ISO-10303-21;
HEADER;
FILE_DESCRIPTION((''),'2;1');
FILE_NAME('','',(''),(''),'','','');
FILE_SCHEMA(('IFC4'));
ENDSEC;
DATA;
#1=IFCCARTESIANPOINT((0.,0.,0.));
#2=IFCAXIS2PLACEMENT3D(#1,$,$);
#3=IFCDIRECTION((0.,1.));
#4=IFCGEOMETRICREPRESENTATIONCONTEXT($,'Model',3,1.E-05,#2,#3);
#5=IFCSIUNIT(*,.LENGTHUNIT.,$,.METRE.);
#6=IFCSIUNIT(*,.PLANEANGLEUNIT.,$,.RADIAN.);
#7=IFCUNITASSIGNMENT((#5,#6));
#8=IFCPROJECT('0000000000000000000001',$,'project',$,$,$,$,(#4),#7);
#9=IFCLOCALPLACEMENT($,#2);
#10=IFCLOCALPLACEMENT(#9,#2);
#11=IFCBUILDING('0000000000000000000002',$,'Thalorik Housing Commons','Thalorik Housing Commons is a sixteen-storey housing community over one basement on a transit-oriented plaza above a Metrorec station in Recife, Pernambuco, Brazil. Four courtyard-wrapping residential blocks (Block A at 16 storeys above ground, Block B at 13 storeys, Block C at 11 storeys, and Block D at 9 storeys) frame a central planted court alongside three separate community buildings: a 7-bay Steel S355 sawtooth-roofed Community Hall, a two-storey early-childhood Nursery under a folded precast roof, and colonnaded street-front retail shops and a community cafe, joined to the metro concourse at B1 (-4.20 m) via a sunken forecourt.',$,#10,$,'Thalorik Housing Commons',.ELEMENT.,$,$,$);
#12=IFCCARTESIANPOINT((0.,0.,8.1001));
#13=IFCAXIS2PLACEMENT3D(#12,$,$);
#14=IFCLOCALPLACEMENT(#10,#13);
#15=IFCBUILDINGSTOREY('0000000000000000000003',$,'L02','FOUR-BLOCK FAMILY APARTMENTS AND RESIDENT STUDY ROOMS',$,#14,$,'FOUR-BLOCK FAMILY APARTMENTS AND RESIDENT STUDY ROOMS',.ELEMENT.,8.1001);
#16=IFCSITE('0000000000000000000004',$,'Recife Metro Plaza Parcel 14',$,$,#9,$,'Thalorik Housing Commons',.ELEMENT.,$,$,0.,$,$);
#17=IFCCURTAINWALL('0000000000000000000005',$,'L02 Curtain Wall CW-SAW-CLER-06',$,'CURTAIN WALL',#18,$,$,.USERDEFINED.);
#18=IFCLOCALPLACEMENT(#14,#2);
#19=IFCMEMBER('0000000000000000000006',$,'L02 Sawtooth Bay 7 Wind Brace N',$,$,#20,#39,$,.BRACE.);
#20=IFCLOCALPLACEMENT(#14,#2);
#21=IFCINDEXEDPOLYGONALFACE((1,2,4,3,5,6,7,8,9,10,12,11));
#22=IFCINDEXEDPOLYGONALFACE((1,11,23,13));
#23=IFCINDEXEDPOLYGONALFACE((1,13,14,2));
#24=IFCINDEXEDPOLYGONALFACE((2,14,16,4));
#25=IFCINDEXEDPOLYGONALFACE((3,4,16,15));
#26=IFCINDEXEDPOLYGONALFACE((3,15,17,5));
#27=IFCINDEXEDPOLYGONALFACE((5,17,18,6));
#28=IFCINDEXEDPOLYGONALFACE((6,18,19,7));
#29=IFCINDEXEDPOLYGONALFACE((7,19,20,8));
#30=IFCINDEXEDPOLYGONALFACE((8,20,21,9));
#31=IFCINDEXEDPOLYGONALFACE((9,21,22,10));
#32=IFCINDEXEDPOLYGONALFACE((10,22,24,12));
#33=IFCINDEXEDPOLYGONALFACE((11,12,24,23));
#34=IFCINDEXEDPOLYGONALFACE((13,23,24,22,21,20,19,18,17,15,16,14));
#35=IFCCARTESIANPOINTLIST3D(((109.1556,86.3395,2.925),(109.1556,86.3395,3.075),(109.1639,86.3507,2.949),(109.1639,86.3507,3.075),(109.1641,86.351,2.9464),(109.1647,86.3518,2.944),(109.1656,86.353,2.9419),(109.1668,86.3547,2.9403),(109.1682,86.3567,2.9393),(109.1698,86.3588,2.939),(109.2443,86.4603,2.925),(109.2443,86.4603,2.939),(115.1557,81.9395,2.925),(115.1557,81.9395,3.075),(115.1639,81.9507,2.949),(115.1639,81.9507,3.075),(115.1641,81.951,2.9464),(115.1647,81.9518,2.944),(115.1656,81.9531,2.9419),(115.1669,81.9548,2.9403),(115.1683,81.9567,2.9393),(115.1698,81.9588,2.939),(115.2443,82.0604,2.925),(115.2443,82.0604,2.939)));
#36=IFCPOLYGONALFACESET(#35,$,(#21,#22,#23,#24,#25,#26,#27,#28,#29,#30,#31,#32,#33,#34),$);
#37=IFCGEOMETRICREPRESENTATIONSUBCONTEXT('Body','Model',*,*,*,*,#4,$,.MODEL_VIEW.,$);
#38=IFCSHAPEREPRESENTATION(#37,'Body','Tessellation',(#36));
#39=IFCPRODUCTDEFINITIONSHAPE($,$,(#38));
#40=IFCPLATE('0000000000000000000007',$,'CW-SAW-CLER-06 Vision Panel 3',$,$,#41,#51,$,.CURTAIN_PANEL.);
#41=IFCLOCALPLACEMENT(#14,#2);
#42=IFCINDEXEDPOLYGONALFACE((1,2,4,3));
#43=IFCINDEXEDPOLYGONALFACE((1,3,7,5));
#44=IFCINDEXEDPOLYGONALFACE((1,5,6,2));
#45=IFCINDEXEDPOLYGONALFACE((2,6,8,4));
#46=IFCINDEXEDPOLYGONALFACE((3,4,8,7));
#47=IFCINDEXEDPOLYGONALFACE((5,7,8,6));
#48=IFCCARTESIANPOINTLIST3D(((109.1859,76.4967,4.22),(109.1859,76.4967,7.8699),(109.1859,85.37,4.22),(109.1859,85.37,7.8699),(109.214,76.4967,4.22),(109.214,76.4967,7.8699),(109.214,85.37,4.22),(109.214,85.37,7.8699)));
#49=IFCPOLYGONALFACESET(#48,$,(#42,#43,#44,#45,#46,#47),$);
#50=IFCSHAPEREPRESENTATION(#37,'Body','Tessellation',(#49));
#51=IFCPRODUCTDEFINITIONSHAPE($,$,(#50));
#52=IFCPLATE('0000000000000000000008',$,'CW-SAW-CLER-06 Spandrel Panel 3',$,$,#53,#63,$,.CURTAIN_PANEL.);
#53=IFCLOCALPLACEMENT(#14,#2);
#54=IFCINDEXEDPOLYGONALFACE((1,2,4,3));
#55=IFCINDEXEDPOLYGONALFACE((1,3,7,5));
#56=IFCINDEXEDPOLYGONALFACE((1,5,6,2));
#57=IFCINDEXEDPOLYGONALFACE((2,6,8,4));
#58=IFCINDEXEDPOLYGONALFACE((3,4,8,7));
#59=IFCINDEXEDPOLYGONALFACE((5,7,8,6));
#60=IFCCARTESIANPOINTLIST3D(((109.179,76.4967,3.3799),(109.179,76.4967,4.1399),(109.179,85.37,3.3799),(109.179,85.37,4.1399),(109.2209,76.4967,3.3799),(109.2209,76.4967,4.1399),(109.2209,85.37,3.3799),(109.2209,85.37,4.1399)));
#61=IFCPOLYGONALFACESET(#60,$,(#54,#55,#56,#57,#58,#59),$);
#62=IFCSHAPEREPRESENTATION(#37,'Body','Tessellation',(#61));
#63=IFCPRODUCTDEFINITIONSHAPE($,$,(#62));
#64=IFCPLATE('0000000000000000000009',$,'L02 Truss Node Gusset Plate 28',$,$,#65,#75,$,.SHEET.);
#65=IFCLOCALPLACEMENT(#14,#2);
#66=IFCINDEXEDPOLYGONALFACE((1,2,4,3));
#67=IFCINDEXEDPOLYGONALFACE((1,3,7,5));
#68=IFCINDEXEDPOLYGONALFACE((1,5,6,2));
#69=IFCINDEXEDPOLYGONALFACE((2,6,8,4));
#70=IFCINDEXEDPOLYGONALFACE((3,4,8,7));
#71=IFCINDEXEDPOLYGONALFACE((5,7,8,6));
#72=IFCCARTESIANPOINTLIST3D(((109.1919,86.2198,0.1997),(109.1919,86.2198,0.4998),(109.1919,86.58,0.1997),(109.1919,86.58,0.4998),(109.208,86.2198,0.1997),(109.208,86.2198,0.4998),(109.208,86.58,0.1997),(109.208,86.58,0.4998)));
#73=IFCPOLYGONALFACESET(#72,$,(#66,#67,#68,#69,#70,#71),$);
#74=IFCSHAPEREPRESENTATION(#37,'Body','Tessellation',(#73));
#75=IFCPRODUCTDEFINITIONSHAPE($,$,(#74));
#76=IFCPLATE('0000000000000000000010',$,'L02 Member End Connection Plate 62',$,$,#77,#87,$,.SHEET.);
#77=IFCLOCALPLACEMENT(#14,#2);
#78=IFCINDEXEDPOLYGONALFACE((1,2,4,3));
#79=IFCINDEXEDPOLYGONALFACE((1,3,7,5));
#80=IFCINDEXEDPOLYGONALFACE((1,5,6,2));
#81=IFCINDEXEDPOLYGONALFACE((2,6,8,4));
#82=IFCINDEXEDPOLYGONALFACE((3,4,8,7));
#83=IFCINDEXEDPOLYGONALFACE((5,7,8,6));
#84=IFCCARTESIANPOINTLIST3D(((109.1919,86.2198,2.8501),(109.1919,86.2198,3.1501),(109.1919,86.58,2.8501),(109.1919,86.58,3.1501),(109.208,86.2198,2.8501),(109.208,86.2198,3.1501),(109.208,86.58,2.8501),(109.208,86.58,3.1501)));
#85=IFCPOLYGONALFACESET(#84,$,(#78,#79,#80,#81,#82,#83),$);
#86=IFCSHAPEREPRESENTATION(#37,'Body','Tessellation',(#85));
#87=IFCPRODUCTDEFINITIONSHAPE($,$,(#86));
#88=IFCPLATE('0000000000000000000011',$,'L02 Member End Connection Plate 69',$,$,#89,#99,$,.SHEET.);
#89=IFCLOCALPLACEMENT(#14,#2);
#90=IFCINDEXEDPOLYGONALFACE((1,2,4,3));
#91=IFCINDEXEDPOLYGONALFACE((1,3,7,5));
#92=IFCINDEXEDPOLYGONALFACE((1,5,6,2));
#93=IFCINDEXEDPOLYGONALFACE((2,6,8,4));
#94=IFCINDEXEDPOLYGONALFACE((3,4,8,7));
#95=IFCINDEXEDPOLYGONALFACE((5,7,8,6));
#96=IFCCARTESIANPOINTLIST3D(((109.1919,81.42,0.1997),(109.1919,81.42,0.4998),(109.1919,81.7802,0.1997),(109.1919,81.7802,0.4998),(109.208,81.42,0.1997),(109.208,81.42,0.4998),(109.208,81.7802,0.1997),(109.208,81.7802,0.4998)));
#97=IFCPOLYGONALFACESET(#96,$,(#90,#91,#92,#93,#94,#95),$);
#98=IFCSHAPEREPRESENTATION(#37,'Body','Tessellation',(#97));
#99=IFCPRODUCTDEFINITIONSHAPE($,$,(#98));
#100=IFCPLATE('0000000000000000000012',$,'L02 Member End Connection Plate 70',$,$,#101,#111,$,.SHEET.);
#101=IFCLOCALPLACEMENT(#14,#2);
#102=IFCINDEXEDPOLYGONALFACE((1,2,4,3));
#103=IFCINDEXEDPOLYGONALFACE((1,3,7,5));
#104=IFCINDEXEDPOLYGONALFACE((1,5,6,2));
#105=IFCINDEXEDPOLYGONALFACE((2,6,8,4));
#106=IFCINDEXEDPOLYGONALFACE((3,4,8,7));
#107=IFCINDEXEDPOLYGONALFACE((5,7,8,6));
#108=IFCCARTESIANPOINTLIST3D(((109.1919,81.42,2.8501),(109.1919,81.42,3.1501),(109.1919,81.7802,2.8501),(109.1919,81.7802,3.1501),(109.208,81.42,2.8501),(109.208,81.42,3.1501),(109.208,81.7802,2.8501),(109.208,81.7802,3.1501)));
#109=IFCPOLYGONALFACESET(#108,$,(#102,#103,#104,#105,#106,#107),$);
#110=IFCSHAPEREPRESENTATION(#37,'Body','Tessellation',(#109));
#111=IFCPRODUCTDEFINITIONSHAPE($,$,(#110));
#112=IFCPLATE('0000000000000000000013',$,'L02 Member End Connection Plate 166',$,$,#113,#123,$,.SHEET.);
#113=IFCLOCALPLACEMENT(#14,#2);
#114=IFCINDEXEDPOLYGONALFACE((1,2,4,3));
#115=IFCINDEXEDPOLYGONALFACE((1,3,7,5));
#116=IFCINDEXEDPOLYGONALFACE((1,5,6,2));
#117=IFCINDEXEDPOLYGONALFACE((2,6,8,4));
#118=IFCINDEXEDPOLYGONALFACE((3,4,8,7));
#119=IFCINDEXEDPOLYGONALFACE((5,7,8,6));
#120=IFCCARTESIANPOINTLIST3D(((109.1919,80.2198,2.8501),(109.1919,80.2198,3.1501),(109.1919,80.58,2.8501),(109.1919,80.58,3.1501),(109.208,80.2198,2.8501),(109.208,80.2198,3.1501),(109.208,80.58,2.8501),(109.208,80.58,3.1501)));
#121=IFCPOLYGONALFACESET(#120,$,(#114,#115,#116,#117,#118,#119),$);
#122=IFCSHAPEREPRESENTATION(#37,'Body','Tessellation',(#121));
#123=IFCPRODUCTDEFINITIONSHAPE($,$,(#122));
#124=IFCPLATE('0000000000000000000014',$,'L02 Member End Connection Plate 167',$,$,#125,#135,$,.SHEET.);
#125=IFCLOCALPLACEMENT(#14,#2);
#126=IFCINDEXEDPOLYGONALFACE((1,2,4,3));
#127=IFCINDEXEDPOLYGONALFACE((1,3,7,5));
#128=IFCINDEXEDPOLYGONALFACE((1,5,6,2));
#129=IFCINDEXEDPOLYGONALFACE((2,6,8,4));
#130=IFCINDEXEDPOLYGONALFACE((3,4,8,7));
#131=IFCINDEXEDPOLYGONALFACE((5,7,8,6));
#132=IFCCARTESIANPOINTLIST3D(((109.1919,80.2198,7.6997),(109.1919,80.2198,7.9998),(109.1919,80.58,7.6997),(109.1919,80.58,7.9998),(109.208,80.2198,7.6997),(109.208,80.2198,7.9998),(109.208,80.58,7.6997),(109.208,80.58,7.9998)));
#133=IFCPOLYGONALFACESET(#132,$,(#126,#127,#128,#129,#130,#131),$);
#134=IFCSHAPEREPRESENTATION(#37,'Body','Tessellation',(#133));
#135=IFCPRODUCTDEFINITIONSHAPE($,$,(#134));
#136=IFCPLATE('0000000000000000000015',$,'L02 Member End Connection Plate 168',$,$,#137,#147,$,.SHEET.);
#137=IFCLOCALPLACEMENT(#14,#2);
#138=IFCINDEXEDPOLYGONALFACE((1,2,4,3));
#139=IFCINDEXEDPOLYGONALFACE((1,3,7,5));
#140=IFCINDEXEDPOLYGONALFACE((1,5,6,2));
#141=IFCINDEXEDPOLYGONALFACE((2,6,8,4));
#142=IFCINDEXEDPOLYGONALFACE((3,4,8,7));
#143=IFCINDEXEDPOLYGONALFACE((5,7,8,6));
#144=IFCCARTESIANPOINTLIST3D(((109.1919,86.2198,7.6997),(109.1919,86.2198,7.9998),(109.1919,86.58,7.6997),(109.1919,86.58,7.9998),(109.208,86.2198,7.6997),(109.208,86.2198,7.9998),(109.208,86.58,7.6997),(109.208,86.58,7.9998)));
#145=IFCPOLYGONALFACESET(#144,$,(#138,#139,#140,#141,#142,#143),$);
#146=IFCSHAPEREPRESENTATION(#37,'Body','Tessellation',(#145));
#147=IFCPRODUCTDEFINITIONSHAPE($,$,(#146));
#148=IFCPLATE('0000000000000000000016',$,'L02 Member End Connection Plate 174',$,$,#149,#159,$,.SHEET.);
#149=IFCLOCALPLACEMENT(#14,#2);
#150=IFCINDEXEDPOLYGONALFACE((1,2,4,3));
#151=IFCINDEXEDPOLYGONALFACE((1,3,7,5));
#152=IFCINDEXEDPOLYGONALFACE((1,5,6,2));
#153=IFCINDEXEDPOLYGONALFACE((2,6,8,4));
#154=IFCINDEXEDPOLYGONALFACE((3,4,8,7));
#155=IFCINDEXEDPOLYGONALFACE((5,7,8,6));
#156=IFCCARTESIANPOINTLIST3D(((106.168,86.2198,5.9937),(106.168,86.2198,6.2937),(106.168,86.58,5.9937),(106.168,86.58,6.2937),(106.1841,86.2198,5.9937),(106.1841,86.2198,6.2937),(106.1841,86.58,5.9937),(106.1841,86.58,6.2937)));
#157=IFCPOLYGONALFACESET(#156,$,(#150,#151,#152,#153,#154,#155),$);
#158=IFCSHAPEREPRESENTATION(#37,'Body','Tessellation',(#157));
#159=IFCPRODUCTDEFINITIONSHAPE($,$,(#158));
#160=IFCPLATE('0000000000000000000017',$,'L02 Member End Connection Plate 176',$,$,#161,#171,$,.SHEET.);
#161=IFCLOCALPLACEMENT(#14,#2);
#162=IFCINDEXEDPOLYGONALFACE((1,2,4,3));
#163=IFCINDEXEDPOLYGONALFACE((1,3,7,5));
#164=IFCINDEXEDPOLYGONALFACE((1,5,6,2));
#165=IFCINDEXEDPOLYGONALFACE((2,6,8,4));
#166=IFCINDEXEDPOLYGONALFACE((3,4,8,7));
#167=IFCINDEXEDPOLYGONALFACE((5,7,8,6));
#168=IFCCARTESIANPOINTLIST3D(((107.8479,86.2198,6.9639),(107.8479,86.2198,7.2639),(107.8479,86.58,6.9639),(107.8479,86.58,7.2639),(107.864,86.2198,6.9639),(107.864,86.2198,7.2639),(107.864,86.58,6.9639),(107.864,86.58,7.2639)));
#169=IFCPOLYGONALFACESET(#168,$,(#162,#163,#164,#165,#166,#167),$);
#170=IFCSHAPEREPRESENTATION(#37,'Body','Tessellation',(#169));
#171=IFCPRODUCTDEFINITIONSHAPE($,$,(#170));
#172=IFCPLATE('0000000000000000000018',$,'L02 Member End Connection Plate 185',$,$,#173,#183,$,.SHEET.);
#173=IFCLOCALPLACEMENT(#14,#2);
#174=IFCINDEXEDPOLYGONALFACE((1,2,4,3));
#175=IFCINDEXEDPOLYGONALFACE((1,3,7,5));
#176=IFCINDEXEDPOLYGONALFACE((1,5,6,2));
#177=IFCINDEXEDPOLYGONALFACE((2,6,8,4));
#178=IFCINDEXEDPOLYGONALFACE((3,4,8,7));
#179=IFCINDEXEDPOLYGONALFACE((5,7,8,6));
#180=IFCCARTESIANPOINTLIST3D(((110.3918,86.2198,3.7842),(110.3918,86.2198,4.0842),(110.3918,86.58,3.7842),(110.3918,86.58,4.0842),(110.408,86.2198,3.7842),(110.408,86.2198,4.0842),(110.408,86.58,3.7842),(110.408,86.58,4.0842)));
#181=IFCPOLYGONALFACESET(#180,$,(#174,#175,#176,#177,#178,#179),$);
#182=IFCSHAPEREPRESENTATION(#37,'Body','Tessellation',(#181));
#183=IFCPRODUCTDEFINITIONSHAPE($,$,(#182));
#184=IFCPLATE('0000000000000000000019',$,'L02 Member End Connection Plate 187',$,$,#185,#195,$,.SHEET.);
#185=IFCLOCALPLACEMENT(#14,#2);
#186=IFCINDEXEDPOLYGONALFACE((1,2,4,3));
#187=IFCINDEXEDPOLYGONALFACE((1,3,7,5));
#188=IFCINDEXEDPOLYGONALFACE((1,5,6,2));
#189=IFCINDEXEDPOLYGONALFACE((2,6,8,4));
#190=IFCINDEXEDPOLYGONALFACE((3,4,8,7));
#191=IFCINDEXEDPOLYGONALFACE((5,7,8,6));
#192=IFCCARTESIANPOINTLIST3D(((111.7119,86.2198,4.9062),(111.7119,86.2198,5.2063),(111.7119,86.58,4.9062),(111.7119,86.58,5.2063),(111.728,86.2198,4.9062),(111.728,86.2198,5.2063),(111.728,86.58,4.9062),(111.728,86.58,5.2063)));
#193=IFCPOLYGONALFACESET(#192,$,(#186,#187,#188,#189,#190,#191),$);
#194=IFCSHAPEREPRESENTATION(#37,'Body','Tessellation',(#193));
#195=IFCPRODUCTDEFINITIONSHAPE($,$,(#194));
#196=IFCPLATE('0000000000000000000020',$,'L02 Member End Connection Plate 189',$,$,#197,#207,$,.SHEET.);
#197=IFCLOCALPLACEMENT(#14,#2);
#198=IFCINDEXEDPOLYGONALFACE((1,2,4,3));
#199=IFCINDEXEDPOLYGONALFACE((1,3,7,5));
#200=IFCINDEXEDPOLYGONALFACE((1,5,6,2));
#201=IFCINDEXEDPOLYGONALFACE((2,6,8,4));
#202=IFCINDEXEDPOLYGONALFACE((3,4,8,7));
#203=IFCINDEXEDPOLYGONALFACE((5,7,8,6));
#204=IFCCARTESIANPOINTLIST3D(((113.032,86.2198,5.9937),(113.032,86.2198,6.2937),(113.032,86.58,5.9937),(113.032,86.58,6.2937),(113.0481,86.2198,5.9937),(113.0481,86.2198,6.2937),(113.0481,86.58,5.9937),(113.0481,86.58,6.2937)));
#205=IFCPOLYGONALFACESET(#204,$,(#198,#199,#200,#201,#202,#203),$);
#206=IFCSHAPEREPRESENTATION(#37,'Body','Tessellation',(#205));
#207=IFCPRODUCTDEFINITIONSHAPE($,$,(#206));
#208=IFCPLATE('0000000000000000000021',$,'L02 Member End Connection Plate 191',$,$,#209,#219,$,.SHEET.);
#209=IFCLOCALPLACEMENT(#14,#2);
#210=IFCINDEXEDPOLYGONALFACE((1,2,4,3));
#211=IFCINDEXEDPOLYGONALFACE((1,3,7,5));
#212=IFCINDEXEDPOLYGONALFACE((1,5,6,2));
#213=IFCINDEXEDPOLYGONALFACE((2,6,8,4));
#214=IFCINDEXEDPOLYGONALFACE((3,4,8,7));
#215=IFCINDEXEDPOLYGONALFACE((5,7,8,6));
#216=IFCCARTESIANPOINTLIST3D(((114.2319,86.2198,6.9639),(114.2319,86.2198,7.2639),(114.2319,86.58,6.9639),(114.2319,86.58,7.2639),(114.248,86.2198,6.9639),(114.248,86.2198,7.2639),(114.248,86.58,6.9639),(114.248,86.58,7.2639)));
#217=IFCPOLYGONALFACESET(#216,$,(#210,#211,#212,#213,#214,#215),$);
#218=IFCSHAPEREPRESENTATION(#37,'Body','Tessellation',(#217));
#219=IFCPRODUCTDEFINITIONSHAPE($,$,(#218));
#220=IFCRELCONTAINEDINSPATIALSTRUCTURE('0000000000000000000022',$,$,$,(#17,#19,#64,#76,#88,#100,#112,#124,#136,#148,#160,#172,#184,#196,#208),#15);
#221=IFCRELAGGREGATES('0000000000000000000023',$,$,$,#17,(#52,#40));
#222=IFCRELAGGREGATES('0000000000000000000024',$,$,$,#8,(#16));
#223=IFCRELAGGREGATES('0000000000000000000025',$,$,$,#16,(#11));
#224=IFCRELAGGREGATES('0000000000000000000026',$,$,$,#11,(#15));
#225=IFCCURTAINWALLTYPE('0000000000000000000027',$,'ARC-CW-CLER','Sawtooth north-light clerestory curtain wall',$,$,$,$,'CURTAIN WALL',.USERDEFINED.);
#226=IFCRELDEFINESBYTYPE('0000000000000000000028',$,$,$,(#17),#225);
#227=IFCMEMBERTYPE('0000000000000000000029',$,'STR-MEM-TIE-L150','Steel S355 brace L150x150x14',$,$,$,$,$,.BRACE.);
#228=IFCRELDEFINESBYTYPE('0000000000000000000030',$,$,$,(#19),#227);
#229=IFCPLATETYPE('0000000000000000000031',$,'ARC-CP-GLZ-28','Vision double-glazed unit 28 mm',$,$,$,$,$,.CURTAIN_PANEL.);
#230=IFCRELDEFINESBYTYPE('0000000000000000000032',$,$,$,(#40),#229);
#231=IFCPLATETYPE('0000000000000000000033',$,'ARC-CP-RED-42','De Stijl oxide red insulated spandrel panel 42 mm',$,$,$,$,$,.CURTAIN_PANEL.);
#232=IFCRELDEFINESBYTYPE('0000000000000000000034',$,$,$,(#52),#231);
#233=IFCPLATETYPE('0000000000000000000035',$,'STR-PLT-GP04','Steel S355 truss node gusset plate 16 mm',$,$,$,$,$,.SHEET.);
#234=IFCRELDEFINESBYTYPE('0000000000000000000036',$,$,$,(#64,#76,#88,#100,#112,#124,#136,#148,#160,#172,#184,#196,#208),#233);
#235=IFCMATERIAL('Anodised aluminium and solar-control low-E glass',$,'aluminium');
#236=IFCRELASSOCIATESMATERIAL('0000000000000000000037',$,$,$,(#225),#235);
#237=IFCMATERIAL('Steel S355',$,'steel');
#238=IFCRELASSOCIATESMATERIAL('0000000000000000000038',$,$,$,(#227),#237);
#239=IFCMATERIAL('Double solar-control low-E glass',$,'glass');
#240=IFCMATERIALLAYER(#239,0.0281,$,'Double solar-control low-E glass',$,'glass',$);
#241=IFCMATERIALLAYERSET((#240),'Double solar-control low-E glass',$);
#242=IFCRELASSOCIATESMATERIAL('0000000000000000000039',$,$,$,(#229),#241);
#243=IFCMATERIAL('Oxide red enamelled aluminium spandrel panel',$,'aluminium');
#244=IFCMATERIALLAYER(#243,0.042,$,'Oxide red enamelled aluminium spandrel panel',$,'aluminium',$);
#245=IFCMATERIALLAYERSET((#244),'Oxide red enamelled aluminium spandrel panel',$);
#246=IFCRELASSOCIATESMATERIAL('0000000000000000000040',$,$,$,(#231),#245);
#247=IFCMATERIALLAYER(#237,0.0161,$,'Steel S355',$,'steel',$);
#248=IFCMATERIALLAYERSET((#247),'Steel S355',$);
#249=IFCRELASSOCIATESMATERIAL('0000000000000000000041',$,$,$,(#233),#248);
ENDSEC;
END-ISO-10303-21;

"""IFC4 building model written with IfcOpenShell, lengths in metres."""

from ifc_helpers import new_model, si_unit, direction, frame, origin, origin_2d, place, context, subcontext, project, spatial, rectangle, l_section, extrude, material, layer, layer_set, material_profile, profile_set, type_object, element, aggregate, save


model = new_model("IFC4")

# Units and contexts
model_context = context("Model", 3, precision=1e-05, world=origin(), true_north=direction((0.0, 1.0)))
body_context = subcontext(model_context, "Body", "Model", "MODEL_VIEW")
ifc_project = project(units=[si_unit("LENGTHUNIT", "METRE"), si_unit("PLANEANGLEUNIT", "RADIAN")], contexts=[model_context])

# Site, building, storey
site_placement = place(None, origin())
site = spatial("IfcSite", under=ifc_project, at=site_placement, Name="Recife Metro Plaza Parcel 14", LongName="Thalorik Housing Commons", CompositionType="ELEMENT", RefElevation=0.0)
building_placement = place(site_placement, origin())
building = spatial("IfcBuilding", under=site, at=building_placement, Name="Thalorik Housing Commons", Description="Thalorik Housing Commons is a sixteen-storey housing community over one basement on a transit-oriented plaza above a Metrorec station in Recife, Pernambuco, Brazil. Four courtyard-wrapping residential blocks (Block A at 16 storeys above ground, Block B at 13 storeys, Block C at 11 storeys, and Block D at 9 storeys) frame a central planted court alongside three separate community buildings: a 7-bay Steel S355 sawtooth-roofed Community Hall, a two-storey early-childhood Nursery under a folded precast roof, and colonnaded street-front retail shops and a community cafe, joined to the metro concourse at B1 (-4.20 m) via a sunken forecourt.", LongName="Thalorik Housing Commons", CompositionType="ELEMENT")
storey_placement = place(building_placement, frame((0.0, 0.0, 8.1001)))
storey = spatial("IfcBuildingStorey", under=building, at=storey_placement, Name="L02", Description="FOUR-BLOCK FAMILY APARTMENTS AND RESIDENT STUDY ROOMS", LongName="FOUR-BLOCK FAMILY APARTMENTS AND RESIDENT STUDY ROOMS", CompositionType="ELEMENT", Elevation=8.1001)

# Shared definitions
ifc_material_1 = material(Name="Steel S355", Category="steel")

# Curtain wall
ifc_material_2 = material(Name="Anodised aluminium and solar-control low-E glass", Category="aluminium")
curtain_wall_type = type_object("IfcCurtainWallType", Name="ARC-CW-CLER", Description="Sawtooth north-light clerestory curtain wall", ElementType="CURTAIN WALL", PredefinedType="USERDEFINED", material=ifc_material_2)
curtain_wall_placement = place(storey_placement, origin())
curtain_wall = element("IfcCurtainWall", 1, at=curtain_wall_placement, inside=storey, type_object=curtain_wall_type, Name="L02 Curtain Wall CW-SAW-CLER-06", ObjectType="CURTAIN WALL", PredefinedType="USERDEFINED")

# Member
ifc_material_profile_1 = material_profile(ifc_material_1, l_section(Depth=0.1499, Width=0.1499, Thickness=0.0139, FilletRadius=0.01, at=origin_2d()), Name="L150x150x14", Category="steel")
ifc_profile_set_1 = profile_set([ifc_material_profile_1], Name="Steel S355")
member_type_1 = type_object("IfcMemberType", Name="STR-MEM-TIE-L150", Description="Steel S355 brace L150x150x14", PredefinedType="BRACE", material=ifc_profile_set_1)
member_1_placement = place(storey_placement, frame((109.2, 86.3999, 3.0), z_axis=(0.806411, -0.591355, 0.0), x_axis=(0.591355, 0.806411, 0.0)))
element("IfcMember", 2, at=member_1_placement, inside=storey, type_object=member_type_1, Name="L02 Sawtooth Bay 7 Wind Brace N", PredefinedType="BRACE", context=body_context, shape_type="SweptSolid", body=[
    extrude(l_section(Depth=0.1499, Width=0.1499, Thickness=0.0139, FilletRadius=0.01, at=origin_2d()), origin(), (0.0, 0.0, 1.0), 7.4404),
])

# Plates
ifc_material_3 = material(Name="Double solar-control low-E glass", Category="glass")
ifc_layer_1 = layer(ifc_material_3, 0.0281, Name="Double solar-control low-E glass", Category="glass")
ifc_layer_set_1 = layer_set([ifc_layer_1], Name="Double solar-control low-E glass")
plate_type_1 = type_object("IfcPlateType", Name="ARC-CP-GLZ-28", Description="Vision double-glazed unit 28 mm", PredefinedType="CURTAIN_PANEL", material=ifc_layer_set_1)
plate_1_placement = place(storey_placement, frame((109.2, 80.9333, 4.22), z_axis=(0.0, 0.0, 1.0), x_axis=(0.0, 1.0, 0.0)))
plate_1 = element("IfcPlate", 3, at=plate_1_placement, type_object=plate_type_1, Name="CW-SAW-CLER-06 Vision Panel 3", PredefinedType="CURTAIN_PANEL", context=body_context, shape_type="SweptSolid", body=[
    extrude(rectangle(XDim=8.8733, YDim=0.0281, at=origin_2d()), origin(), (0.0, 0.0, 1.0), 3.6499),
])
ifc_material_4 = material(Name="Oxide red enamelled aluminium spandrel panel", Category="aluminium")
ifc_layer_2 = layer(ifc_material_4, 0.042, Name="Oxide red enamelled aluminium spandrel panel", Category="aluminium")
ifc_layer_set_2 = layer_set([ifc_layer_2], Name="Oxide red enamelled aluminium spandrel panel")
plate_type_2 = type_object("IfcPlateType", Name="ARC-CP-RED-42", Description="De Stijl oxide red insulated spandrel panel 42 mm", PredefinedType="CURTAIN_PANEL", material=ifc_layer_set_2)
plate_2_placement = place(storey_placement, frame((109.2, 80.9333, 3.3799), z_axis=(0.0, 0.0, 1.0), x_axis=(0.0, 1.0, 0.0)))
plate_2 = element("IfcPlate", 4, at=plate_2_placement, type_object=plate_type_2, Name="CW-SAW-CLER-06 Spandrel Panel 3", PredefinedType="CURTAIN_PANEL", context=body_context, shape_type="SweptSolid", body=[
    extrude(rectangle(XDim=8.8733, YDim=0.042, at=origin_2d()), origin(), (0.0, 0.0, 1.0), 0.76),
])
aggregate(curtain_wall, [plate_2, plate_1])

# Plates
ifc_layer_3 = layer(ifc_material_1, 0.0161, Name="Steel S355", Category="steel")
ifc_layer_set_3 = layer_set([ifc_layer_3], Name="Steel S355")
plate_type_3 = type_object("IfcPlateType", Name="STR-PLT-GP04", Description="Steel S355 truss node gusset plate 16 mm", PredefinedType="SHEET", material=ifc_layer_set_3)
for number, where, z_axis, x_axis, name in (
    (5, (109.2, 86.3999, 0.1997), (0.0, 0.0, 1.0), (1.0, 0.0, 0.0), "L02 Truss Node Gusset Plate 28"),
    (6, (109.2, 86.3999, 2.8501), (0.0, 0.0, 1.0), (1.0, 0.0, 0.0), "L02 Member End Connection Plate 62"),
    (7, (109.2, 81.6001, 0.1997), (0.0, 0.0, 1.0), (1.0, 0.0, 0.0), "L02 Member End Connection Plate 69"),
    (8, (109.2, 81.6001, 2.8501), (0.0, 0.0, 1.0), (1.0, 0.0, 0.0), "L02 Member End Connection Plate 70"),
    (9, (109.2, 80.3999, 2.8501), (0.0, 0.0, 1.0), (1.0, 0.0, 0.0), "L02 Member End Connection Plate 166"),
    (10, (109.2, 80.3999, 7.6997), (0.0, 0.0, 1.0), (1.0, 0.0, 0.0), "L02 Member End Connection Plate 167"),
    (11, (109.2, 86.3999, 7.6997), (0.0, 0.0, 1.0), (1.0, 0.0, 0.0), "L02 Member End Connection Plate 168"),
    (12, (106.176, 86.3999, 5.9937), (0.0, 0.0, 1.0), (1.0, 0.0, 0.0), "L02 Member End Connection Plate 174"),
    (13, (107.856, 86.3999, 6.9639), (0.0, 0.0, 1.0), (1.0, 0.0, 0.0), "L02 Member End Connection Plate 176"),
    (14, (110.3999, 86.3999, 3.7842), (0.0, 0.0, 1.0), (1.0, 0.0, 0.0), "L02 Member End Connection Plate 185"),
    (15, (111.72, 86.3999, 4.9062), (0.0, 0.0, 1.0), (1.0, 0.0, 0.0), "L02 Member End Connection Plate 187"),
    (16, (113.04, 86.3999, 5.9937), (0.0, 0.0, 1.0), (1.0, 0.0, 0.0), "L02 Member End Connection Plate 189"),
    (17, (114.24, 86.3999, 6.9639), (0.0, 0.0, 1.0), (1.0, 0.0, 0.0), "L02 Member End Connection Plate 191"),
):
    element("IfcPlate", number, at=place(storey_placement, frame(where, z_axis=z_axis, x_axis=x_axis)), inside=storey, type_object=plate_type_3, Name=name, PredefinedType="SHEET", context=body_context, shape_type="SweptSolid", body=[
        extrude(rectangle(XDim=0.0161, YDim=0.3601, at=origin_2d()), origin(), (0.0, 0.0, 1.0), 0.3),
    ])

save(model, "model.ifc")
